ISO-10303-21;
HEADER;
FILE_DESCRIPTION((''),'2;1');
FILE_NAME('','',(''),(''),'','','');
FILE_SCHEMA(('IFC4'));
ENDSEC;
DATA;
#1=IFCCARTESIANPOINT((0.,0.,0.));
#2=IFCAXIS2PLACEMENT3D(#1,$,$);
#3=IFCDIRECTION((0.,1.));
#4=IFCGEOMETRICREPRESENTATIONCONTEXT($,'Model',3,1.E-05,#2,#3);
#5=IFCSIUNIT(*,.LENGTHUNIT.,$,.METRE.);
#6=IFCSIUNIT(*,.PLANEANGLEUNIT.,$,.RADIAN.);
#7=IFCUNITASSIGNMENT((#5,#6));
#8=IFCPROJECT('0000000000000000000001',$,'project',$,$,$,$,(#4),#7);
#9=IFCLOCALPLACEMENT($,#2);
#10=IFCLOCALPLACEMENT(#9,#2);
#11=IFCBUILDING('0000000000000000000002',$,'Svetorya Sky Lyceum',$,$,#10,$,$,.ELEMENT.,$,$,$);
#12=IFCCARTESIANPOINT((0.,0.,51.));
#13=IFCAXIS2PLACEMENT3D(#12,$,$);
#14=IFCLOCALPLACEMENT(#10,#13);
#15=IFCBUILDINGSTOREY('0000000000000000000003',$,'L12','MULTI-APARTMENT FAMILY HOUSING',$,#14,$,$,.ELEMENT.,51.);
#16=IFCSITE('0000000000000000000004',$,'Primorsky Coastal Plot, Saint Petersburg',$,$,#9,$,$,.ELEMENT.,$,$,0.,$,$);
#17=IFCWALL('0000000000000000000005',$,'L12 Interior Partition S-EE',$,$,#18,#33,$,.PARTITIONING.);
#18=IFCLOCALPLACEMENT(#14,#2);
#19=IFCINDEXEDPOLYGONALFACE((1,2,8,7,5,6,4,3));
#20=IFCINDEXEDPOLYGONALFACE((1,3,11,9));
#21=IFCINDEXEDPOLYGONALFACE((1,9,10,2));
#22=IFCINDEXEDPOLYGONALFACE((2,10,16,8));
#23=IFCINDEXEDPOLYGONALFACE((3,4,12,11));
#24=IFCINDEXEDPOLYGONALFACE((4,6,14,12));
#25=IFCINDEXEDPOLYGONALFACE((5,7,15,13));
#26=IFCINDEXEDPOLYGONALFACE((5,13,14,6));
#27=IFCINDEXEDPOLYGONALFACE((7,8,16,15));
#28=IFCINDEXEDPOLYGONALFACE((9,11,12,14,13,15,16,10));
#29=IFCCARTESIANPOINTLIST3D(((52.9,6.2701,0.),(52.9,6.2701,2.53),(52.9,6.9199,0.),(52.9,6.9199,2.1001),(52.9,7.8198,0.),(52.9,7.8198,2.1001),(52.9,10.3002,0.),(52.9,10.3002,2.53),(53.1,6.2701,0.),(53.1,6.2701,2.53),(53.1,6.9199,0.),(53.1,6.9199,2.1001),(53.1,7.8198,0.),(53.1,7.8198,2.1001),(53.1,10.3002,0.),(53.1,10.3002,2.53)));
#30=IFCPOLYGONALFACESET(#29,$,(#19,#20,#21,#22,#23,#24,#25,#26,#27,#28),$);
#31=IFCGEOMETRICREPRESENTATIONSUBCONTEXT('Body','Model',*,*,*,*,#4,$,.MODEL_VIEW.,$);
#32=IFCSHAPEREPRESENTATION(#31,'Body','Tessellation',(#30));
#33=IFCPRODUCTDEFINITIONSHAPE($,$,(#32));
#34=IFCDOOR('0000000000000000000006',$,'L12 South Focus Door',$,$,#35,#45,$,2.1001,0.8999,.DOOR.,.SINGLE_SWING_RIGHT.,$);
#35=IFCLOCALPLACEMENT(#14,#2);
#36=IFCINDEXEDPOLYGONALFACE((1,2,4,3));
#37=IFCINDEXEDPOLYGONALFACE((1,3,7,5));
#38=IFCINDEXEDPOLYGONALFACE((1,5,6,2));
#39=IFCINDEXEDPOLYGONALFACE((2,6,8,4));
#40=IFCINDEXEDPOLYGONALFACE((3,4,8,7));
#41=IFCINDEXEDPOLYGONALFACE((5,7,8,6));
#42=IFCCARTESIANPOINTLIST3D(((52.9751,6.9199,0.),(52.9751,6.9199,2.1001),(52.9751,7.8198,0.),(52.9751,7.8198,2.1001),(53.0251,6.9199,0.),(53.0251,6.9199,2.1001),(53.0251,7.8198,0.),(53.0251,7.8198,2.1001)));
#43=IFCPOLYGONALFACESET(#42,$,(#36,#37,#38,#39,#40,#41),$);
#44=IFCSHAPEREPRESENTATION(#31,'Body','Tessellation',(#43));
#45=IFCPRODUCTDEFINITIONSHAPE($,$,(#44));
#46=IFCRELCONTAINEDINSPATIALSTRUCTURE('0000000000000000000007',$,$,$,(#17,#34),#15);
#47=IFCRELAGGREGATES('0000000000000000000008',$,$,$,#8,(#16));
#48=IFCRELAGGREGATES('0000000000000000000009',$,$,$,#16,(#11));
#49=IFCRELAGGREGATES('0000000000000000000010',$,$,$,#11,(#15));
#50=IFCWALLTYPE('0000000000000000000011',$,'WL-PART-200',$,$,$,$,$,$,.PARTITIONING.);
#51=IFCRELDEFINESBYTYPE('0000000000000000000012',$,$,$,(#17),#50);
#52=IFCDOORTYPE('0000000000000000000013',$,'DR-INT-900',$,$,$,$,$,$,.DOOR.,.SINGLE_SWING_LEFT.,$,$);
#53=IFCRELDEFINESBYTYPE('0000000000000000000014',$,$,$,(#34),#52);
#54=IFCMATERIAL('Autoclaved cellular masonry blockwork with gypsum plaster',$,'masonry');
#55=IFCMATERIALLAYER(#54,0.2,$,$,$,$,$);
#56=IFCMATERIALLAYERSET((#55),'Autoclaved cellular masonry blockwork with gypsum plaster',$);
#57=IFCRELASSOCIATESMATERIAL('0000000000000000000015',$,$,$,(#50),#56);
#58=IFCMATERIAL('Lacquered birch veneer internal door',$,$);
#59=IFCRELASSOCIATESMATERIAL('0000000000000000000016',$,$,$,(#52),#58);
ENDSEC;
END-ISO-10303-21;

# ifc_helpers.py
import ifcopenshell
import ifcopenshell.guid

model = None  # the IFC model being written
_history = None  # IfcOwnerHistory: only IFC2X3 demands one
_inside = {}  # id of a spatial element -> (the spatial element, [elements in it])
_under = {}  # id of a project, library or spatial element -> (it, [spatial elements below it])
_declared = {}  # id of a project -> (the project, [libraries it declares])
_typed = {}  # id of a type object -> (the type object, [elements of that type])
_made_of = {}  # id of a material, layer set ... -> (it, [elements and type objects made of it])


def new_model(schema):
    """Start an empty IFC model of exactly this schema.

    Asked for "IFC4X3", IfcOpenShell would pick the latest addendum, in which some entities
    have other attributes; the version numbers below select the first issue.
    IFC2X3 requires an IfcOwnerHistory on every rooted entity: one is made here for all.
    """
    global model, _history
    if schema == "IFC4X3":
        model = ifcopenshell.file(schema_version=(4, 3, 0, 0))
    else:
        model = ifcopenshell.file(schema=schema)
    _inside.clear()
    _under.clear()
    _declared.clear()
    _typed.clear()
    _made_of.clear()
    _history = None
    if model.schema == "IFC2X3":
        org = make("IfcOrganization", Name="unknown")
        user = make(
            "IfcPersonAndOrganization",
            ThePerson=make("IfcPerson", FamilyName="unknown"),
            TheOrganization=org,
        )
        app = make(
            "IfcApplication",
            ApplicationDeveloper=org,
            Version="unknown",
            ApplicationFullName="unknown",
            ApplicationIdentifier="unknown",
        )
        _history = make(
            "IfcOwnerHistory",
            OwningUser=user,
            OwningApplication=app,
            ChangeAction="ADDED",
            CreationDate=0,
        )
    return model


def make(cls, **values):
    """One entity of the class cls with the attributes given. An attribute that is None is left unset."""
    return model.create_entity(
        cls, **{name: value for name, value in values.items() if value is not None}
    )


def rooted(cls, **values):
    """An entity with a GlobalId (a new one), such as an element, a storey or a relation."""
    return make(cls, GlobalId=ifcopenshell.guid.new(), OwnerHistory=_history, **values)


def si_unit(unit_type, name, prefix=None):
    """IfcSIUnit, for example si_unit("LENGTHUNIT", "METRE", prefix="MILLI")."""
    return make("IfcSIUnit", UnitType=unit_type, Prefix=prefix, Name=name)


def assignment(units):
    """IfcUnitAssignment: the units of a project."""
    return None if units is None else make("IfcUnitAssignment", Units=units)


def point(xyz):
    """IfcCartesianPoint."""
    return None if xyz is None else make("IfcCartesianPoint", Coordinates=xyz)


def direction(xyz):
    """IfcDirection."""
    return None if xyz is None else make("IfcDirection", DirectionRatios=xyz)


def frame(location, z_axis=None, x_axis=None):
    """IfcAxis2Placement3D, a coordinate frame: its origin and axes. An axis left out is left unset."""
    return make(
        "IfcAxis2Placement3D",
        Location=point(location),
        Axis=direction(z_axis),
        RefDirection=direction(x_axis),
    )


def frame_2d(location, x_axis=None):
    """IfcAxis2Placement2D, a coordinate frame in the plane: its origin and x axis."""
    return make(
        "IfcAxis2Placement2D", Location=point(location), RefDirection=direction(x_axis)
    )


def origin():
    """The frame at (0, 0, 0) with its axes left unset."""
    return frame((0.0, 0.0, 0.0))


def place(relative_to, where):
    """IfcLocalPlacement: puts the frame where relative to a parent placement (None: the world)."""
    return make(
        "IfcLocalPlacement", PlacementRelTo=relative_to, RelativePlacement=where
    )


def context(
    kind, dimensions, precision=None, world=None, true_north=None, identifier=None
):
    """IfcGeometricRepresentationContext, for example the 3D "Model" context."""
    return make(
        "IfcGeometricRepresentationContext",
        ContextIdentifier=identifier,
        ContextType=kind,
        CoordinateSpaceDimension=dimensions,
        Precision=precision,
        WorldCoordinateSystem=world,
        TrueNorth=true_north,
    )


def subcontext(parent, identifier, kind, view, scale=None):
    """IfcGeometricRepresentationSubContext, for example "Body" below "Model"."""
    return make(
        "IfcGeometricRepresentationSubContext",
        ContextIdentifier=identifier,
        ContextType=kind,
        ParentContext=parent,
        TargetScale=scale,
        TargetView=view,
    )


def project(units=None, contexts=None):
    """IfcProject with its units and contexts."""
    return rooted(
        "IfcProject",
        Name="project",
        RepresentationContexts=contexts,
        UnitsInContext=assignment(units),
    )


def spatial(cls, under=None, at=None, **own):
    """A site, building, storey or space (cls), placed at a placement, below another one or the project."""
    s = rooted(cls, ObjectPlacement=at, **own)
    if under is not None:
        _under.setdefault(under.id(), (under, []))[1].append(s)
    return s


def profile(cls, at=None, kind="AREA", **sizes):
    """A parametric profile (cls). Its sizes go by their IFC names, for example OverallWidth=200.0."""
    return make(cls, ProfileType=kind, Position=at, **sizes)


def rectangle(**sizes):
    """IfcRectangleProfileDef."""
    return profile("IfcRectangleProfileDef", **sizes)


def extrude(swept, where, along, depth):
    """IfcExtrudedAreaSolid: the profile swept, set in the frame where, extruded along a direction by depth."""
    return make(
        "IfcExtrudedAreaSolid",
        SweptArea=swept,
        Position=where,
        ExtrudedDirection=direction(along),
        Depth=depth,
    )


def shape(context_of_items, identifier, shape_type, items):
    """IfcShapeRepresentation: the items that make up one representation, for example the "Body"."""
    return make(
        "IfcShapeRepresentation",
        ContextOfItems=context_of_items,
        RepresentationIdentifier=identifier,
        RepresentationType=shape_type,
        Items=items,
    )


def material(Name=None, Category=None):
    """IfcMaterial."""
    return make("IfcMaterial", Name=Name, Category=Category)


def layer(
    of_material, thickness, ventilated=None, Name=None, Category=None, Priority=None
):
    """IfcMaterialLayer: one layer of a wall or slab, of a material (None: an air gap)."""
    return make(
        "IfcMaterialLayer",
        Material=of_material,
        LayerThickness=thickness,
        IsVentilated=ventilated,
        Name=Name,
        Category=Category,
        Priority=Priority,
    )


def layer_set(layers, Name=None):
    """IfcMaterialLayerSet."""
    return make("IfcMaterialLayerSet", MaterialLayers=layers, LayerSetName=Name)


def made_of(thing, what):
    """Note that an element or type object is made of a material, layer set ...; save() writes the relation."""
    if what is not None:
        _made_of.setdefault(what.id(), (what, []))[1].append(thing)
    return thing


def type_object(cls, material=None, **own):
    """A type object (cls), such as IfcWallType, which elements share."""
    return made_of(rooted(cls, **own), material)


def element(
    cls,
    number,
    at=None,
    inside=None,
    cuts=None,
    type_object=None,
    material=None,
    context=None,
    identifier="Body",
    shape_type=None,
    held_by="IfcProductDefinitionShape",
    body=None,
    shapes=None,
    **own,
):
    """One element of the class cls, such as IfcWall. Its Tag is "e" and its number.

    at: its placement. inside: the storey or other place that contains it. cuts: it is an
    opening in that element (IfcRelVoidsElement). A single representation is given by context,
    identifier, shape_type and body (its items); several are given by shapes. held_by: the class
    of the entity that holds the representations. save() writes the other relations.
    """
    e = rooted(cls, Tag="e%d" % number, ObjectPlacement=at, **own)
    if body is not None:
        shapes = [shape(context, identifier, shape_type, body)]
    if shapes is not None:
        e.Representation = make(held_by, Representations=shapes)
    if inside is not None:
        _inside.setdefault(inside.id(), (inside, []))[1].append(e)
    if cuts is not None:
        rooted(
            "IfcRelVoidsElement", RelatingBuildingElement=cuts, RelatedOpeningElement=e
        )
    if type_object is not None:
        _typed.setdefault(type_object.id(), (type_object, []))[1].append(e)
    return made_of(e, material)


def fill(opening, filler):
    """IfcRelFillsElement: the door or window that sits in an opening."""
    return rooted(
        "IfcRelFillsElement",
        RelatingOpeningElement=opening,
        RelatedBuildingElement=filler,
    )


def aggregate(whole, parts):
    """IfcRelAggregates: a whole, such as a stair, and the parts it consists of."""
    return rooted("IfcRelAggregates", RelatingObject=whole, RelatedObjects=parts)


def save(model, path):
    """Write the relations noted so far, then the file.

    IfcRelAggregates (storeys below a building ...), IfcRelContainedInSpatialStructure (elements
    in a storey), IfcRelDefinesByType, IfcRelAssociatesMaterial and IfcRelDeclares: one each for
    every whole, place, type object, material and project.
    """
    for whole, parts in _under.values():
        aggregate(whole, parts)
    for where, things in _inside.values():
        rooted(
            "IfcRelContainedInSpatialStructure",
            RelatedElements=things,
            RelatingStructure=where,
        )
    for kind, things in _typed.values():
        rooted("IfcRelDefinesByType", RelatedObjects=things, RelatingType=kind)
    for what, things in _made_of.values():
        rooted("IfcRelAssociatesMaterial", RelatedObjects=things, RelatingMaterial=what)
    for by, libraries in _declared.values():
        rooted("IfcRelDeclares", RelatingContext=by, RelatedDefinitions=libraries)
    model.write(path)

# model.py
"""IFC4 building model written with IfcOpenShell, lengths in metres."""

from ifc_helpers import new_model, si_unit, direction, frame, frame_2d, origin, place, context, subcontext, project, spatial, rectangle, extrude, material, layer, layer_set, type_object, element, fill, save


model = new_model("IFC4")

# Units and contexts
model_context = context("Model", 3, precision=1e-05, world=origin(), true_north=direction((0.0, 1.0)))
body_context = subcontext(model_context, "Body", "Model", "MODEL_VIEW")
ifc_project = project(units=[si_unit("LENGTHUNIT", "METRE"), si_unit("PLANEANGLEUNIT", "RADIAN")], contexts=[model_context])

# Site, building, storey
site_placement = place(None, origin())
site = spatial("IfcSite", under=ifc_project, at=site_placement, Name="Primorsky Coastal Plot, Saint Petersburg", CompositionType="ELEMENT", RefElevation=0.0)
building_placement = place(site_placement, origin())
building = spatial("IfcBuilding", under=site, at=building_placement, Name="Svetorya Sky Lyceum", CompositionType="ELEMENT")
storey_placement = place(building_placement, frame((0.0, 0.0, 51.0)))
storey = spatial("IfcBuildingStorey", under=building, at=storey_placement, Name="L12", Description="MULTI-APARTMENT FAMILY HOUSING", CompositionType="ELEMENT", Elevation=51.0)

# Shared definitions
ifc_material_1 = material(Name="Autoclaved cellular masonry blockwork with gypsum plaster", Category="masonry")
ifc_layer_1 = layer(ifc_material_1, 0.2)
ifc_layer_set_1 = layer_set([ifc_layer_1], Name="Autoclaved cellular masonry blockwork with gypsum plaster")
wall_type_1 = type_object("IfcWallType", Name="WL-PART-200", PredefinedType="PARTITIONING", material=ifc_layer_set_1)

# Wall, opening, door
wall_1_placement = place(storey_placement, frame((53.0, 6.27, 0.0), z_axis=(0.0, 0.0, 1.0), x_axis=(0.0, 1.0, 0.0)))
wall_1 = element("IfcWall", 1, at=wall_1_placement, inside=storey, type_object=wall_type_1, Name="L12 Interior Partition S-EE", PredefinedType="PARTITIONING", context=body_context, shape_type="SweptSolid", body=[
    extrude(rectangle(XDim=4.03, YDim=0.2, at=frame_2d((2.0151, 0.0))), origin(), (0.0, 0.0, 1.0), 2.53),
])
opening_1_placement = place(wall_1_placement, frame((0.6499, 0.0, 0.0)))
opening_1 = element("IfcOpeningElement", 2, at=opening_1_placement, cuts=wall_1, PredefinedType="OPENING", context=body_context, shape_type="SweptSolid", body=[
    extrude(rectangle(XDim=0.8999, YDim=2.1001, at=frame_2d((0.45, 1.05))), frame((0.0, 0.1099, 0.0), z_axis=(0.0, -1.0, 0.0), x_axis=(1.0, 0.0, 0.0)), (0.0, 0.0, 1.0), 0.22),
])
ifc_material_2 = material(Name="Lacquered birch veneer internal door")
door_type_1 = type_object("IfcDoorType", Name="DR-INT-900", OperationType="SINGLE_SWING_LEFT", PredefinedType="DOOR", material=ifc_material_2)
door_1_placement = place(opening_1_placement, origin())
door_1 = element("IfcDoor", 3, at=door_1_placement, inside=storey, type_object=door_type_1, Name="L12 South Focus Door", OperationType="SINGLE_SWING_RIGHT", OverallHeight=2.1001, OverallWidth=0.8999, PredefinedType="DOOR", context=body_context, shape_type="SweptSolid", body=[
    extrude(rectangle(XDim=0.8999, YDim=2.1001, at=frame_2d((0.45, 1.05))), frame((0.0, 0.0249, 0.0), z_axis=(0.0, -1.0, 0.0), x_axis=(1.0, 0.0, 0.0)), (0.0, 0.0, 1.0), 0.05),
])
fill(opening_1, door_1)

save(model, "model.ifc")
